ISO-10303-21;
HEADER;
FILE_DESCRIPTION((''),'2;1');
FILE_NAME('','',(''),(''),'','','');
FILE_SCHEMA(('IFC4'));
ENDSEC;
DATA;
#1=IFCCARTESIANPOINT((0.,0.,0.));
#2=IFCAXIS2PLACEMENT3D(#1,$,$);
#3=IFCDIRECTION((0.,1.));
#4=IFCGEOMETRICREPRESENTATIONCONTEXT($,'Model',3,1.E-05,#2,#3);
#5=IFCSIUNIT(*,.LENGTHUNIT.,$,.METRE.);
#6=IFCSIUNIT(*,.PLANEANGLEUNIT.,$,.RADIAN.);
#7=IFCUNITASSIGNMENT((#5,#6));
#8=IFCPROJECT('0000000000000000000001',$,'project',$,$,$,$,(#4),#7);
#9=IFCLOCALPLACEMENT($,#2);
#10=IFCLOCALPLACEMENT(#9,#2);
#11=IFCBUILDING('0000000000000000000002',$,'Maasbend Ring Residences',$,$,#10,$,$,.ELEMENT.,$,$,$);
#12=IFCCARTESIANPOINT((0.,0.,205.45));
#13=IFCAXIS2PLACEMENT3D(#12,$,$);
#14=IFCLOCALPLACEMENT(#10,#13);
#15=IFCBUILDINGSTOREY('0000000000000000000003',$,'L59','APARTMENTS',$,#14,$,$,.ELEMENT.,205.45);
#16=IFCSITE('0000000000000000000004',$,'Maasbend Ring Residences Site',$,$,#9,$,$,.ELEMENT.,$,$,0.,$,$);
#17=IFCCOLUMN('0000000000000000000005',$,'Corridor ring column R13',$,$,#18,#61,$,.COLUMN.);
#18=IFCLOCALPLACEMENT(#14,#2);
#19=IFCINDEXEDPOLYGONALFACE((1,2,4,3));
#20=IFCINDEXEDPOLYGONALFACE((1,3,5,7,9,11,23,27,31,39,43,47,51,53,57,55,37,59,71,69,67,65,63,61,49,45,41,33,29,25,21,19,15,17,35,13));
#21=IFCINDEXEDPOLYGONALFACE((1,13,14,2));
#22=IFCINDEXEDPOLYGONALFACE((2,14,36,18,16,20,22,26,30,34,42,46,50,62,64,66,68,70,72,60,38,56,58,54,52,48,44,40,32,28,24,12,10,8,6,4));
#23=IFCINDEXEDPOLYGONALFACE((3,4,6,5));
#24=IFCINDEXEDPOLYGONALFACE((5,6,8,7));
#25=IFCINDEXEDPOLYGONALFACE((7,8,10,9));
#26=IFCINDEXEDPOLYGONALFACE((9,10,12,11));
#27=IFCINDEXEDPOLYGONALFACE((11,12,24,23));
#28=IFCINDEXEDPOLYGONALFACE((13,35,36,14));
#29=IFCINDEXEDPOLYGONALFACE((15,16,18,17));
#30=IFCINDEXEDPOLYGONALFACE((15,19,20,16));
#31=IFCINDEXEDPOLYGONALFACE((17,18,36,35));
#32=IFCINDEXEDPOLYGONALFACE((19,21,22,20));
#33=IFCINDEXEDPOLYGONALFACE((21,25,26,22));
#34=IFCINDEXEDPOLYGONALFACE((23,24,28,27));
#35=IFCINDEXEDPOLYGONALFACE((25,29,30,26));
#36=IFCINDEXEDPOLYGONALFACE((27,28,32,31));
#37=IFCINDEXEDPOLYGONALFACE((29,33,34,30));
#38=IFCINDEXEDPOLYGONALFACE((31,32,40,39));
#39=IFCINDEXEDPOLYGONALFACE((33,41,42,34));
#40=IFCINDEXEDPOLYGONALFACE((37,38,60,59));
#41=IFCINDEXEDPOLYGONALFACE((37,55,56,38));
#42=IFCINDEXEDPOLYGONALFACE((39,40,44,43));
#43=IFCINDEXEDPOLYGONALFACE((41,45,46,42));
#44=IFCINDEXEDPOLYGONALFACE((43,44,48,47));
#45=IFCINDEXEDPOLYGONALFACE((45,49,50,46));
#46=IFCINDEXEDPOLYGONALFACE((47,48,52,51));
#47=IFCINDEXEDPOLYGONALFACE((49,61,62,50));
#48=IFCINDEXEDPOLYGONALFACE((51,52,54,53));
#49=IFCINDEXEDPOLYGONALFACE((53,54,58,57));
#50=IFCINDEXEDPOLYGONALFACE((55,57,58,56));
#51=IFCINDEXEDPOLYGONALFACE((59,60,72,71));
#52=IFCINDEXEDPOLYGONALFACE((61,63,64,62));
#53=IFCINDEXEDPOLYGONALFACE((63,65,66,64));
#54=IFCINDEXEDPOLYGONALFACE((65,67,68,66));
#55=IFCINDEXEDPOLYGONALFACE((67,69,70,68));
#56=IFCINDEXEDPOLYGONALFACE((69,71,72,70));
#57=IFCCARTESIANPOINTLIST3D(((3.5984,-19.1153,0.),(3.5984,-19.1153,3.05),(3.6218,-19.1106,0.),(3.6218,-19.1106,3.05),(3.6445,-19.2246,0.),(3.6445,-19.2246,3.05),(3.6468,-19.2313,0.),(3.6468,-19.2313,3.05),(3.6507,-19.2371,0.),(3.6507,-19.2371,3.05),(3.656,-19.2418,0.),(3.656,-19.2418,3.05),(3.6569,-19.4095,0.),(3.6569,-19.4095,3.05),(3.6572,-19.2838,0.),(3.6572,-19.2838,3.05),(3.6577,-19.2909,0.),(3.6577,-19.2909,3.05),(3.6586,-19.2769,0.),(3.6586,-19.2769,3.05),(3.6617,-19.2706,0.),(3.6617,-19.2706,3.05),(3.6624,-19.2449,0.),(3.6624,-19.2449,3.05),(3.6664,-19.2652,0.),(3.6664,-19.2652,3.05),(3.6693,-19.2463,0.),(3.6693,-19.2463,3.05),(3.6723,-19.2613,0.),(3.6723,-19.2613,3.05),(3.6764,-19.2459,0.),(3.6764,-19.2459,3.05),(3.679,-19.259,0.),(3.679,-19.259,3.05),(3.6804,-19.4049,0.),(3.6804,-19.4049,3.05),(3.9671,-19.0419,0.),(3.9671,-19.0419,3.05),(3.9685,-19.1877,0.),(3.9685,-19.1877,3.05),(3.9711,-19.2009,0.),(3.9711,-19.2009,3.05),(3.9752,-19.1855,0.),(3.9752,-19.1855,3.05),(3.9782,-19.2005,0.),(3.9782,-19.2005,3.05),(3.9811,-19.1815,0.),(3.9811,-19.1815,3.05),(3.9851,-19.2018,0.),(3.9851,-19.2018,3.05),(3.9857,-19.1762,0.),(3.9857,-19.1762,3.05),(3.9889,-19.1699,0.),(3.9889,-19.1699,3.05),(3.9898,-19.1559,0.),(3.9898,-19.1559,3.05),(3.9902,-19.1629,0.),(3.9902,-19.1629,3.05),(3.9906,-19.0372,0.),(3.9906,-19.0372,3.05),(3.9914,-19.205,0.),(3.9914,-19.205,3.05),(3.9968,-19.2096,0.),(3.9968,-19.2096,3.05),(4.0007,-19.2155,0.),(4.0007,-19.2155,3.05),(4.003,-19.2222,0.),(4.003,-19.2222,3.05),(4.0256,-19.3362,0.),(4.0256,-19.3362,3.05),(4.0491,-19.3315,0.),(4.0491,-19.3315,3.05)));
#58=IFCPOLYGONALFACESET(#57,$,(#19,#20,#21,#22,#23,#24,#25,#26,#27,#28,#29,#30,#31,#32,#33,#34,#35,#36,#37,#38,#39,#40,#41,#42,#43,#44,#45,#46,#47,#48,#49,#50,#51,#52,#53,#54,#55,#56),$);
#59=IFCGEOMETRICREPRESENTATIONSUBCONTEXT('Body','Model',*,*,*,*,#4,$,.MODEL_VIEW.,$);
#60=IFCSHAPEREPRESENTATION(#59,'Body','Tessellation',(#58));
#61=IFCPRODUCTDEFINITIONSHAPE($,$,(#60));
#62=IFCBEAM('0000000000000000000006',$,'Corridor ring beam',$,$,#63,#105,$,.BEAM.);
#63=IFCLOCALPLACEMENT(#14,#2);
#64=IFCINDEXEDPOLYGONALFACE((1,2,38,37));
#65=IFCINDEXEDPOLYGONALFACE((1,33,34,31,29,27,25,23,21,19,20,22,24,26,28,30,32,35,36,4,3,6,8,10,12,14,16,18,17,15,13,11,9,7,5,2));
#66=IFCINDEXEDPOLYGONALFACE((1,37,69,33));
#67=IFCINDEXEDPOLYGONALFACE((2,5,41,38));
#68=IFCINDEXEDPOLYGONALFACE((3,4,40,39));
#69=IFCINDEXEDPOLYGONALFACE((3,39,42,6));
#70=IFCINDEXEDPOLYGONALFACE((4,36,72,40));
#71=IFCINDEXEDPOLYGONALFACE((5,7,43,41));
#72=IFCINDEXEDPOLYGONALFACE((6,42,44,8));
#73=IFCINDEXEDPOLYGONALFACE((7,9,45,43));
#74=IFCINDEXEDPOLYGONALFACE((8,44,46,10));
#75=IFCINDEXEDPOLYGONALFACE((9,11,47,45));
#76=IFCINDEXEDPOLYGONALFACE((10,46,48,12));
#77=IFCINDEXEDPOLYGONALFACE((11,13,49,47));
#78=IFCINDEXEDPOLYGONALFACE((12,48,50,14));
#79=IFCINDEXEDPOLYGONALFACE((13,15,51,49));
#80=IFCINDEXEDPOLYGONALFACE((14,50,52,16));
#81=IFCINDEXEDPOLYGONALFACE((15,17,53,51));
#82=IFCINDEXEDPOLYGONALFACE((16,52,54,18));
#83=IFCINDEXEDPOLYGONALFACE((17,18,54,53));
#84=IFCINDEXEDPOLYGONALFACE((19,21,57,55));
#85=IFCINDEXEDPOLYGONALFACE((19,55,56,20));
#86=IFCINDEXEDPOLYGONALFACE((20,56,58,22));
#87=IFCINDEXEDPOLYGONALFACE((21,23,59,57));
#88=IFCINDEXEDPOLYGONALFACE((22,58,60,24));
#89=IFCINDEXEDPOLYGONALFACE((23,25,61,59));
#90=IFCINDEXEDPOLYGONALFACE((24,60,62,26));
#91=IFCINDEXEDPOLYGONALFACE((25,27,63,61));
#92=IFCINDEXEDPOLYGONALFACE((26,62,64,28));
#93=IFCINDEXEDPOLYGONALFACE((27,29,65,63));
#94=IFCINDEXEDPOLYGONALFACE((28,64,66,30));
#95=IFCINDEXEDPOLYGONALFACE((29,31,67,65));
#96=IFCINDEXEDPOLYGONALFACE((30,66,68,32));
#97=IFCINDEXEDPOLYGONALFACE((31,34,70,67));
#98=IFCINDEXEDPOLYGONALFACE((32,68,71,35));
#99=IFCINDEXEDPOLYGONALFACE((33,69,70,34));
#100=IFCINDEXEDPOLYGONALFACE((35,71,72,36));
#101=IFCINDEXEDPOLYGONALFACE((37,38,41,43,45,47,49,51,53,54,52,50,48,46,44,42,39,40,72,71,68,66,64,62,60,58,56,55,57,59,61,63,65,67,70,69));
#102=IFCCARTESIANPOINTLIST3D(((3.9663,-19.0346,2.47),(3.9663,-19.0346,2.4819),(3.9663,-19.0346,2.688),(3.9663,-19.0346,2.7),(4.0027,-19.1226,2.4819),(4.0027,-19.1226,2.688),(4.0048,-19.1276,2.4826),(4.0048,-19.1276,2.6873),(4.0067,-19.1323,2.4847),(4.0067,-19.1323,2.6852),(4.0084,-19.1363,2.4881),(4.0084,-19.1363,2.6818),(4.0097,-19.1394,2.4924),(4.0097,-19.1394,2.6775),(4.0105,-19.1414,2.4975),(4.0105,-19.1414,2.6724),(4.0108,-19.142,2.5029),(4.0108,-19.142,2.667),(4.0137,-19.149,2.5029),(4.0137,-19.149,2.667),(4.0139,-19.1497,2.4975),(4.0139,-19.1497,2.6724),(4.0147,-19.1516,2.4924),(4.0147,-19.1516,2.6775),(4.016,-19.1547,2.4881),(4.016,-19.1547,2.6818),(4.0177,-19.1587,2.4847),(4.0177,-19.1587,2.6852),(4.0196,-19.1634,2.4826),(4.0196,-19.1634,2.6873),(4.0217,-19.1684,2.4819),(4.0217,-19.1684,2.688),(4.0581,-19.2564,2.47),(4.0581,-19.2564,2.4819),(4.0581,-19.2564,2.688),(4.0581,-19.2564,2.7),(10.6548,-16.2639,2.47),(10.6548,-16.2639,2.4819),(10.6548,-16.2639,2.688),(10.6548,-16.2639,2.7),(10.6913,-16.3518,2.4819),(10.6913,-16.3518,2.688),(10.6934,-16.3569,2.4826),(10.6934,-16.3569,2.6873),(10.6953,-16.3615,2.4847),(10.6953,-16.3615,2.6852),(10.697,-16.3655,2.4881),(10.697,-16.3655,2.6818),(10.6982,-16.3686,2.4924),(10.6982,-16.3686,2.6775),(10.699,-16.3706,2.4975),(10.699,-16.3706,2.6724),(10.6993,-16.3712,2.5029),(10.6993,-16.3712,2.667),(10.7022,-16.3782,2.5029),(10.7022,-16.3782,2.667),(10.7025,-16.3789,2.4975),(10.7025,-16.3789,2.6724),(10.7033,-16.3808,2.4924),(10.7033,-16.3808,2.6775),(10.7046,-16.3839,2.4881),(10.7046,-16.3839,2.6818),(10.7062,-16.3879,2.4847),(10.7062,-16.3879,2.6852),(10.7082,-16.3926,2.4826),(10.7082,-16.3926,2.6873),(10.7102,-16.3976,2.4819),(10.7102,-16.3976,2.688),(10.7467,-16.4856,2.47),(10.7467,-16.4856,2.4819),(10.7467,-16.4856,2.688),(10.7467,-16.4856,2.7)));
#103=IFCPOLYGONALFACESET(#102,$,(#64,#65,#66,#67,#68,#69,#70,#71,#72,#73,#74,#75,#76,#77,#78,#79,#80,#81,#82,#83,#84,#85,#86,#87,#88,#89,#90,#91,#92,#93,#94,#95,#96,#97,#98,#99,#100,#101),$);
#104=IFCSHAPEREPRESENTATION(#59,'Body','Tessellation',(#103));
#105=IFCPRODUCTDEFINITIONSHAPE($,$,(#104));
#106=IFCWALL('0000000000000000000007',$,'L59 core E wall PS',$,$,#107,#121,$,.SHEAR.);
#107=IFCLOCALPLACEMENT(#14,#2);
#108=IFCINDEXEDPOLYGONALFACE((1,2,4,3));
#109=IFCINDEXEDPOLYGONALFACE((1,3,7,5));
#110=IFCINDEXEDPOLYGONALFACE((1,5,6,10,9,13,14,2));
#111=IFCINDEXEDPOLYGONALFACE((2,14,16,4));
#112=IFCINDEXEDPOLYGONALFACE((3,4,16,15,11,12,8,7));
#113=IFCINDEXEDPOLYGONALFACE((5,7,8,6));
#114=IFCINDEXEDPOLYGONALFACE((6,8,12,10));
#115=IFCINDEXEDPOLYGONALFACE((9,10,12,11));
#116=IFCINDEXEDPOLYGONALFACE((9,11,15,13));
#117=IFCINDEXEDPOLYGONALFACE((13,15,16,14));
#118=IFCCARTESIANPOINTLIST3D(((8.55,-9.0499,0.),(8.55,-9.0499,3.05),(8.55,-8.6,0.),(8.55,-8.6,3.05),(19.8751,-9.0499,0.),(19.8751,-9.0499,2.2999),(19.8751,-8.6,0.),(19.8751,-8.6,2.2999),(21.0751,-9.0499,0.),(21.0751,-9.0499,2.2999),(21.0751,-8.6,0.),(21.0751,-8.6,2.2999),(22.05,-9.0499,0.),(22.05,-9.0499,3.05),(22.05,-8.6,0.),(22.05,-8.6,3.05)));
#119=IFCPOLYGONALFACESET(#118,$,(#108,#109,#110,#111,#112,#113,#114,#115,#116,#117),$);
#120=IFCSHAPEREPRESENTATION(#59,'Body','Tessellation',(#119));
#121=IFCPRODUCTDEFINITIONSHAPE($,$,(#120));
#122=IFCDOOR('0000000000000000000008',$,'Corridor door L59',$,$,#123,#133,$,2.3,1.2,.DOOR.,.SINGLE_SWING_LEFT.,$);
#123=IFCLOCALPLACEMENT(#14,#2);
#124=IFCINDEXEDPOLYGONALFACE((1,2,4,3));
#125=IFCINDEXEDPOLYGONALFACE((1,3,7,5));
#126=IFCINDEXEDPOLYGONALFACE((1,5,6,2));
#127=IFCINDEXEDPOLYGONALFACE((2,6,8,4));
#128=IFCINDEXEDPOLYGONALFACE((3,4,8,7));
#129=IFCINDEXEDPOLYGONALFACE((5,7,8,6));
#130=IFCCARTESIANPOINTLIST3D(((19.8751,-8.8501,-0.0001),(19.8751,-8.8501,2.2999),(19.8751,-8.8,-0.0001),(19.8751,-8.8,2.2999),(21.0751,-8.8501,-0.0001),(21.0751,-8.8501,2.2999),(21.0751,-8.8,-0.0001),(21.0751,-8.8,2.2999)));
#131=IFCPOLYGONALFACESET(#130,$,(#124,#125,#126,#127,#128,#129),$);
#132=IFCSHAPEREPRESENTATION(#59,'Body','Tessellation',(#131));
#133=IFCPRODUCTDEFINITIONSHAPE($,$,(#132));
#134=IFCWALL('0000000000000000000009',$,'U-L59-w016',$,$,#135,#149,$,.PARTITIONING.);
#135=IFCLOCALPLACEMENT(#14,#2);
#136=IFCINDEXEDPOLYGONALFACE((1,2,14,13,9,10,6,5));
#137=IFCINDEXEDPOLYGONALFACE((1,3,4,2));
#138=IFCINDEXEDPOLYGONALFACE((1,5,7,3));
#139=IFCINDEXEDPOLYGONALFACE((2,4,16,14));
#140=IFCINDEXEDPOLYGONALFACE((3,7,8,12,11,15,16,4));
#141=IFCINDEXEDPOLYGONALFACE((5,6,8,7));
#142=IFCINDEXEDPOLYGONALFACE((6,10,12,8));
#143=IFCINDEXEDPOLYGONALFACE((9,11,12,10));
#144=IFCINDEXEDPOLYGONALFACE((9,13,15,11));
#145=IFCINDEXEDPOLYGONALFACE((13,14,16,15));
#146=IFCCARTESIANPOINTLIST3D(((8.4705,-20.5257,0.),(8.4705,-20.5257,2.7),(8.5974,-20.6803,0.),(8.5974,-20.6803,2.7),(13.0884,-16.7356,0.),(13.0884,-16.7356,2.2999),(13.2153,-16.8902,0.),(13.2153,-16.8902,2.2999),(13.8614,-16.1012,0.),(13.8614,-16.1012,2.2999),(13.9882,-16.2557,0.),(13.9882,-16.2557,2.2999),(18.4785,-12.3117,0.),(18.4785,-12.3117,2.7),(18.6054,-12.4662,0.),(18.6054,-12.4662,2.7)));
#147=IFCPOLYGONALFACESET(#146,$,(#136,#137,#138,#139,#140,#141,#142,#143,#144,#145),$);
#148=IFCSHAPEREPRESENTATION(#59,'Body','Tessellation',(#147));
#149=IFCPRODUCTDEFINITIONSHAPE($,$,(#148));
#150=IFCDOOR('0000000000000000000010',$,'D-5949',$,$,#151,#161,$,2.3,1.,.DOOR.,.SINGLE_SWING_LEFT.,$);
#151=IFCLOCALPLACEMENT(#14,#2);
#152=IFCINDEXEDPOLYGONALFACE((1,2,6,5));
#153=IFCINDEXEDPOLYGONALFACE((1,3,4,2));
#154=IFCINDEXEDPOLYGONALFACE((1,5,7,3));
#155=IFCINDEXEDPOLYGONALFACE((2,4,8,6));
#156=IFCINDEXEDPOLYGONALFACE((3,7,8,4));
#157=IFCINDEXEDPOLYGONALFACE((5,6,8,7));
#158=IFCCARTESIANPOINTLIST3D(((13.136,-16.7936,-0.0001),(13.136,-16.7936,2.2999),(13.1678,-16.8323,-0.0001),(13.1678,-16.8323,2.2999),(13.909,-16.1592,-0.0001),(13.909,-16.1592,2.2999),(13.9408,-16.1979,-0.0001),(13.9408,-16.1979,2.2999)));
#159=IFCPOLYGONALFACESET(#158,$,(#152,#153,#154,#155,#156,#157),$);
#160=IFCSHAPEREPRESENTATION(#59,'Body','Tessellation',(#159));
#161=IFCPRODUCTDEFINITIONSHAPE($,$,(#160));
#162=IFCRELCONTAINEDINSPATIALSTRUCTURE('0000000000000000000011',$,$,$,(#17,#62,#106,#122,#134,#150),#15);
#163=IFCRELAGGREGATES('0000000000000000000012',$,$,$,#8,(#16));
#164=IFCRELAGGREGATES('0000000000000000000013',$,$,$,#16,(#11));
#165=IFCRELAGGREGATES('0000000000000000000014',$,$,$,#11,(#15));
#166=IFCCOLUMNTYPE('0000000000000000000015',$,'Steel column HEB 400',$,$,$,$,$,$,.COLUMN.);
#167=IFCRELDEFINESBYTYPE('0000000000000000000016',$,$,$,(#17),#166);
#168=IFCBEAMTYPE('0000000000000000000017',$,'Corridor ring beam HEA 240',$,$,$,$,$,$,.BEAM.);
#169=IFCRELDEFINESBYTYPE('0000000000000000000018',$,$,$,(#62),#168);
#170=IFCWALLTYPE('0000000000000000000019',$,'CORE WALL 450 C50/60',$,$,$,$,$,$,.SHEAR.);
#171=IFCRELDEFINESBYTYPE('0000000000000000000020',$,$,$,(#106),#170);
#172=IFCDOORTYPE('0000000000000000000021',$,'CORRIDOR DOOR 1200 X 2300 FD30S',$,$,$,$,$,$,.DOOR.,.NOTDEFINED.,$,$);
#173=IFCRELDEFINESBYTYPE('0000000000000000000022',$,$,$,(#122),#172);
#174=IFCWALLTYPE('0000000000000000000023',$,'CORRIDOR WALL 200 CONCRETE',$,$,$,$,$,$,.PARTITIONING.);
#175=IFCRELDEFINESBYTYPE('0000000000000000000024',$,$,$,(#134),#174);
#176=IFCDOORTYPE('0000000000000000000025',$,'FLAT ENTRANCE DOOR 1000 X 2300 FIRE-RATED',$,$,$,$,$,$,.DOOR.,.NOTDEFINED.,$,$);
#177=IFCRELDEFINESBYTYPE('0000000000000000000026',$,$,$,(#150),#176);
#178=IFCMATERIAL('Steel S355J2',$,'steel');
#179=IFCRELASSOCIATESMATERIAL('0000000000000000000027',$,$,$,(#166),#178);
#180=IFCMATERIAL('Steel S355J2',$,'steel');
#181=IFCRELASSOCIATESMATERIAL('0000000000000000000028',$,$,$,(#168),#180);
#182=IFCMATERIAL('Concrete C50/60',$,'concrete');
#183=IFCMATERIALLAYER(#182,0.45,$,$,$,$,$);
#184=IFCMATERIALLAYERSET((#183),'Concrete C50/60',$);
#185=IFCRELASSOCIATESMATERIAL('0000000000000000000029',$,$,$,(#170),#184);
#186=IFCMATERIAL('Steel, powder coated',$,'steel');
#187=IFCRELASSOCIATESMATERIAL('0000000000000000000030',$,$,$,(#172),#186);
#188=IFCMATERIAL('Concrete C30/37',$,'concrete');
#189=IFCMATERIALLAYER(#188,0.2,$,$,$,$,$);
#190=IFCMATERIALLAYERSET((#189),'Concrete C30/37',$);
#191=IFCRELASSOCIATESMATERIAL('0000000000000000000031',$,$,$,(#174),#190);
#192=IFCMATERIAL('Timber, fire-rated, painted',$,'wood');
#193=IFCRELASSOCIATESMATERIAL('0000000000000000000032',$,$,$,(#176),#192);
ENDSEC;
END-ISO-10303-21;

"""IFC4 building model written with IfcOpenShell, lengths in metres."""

from ifc_helpers import new_model, si_unit, direction, frame, frame_2d, origin, origin_2d, place, context, subcontext, project, spatial, rectangle, i_section, extrude, material, layer, layer_set, material_profile, profile_set, type_object, element, fill, save


model = new_model("IFC4")

# Units and contexts
model_context = context("Model", 3, precision=1e-05, world=origin(), true_north=direction((0.0, 1.0)))
body_context = subcontext(model_context, "Body", "Model", "MODEL_VIEW")
ifc_project = project(units=[si_unit("LENGTHUNIT", "METRE"), si_unit("PLANEANGLEUNIT", "RADIAN")], contexts=[model_context])

# Site, building, storey
site_placement = place(None, origin())
site = spatial("IfcSite", under=ifc_project, at=site_placement, Name="Maasbend Ring Residences Site", CompositionType="ELEMENT", RefElevation=0.0)
building_placement = place(site_placement, origin())
building = spatial("IfcBuilding", under=site, at=building_placement, Name="Maasbend Ring Residences", CompositionType="ELEMENT")
storey_placement = place(building_placement, frame((0.0, 0.0, 205.45)))
storey = spatial("IfcBuildingStorey", under=building, at=storey_placement, Name="L59", Description="APARTMENTS", CompositionType="ELEMENT", Elevation=205.45)

# Column
ifc_material_1 = material(Name="Steel S355J2", Category="steel")
ifc_material_profile_1 = material_profile(ifc_material_1, i_section(OverallWidth=0.3, OverallDepth=0.3999, WebThickness=0.0134, FlangeThickness=0.0239, FilletRadius=0.0271, at=origin_2d()), Name="HEB 400")
ifc_profile_set_1 = profile_set([ifc_material_profile_1], Name="Steel S355J2")
column_type = type_object("IfcColumnType", Name="Steel column HEB 400", PredefinedType="COLUMN", material=ifc_profile_set_1)
column_placement = place(storey_placement, frame((3.8237, -19.2234, 0.0), z_axis=(0.0, 0.0, 1.0), x_axis=(0.19509, -0.980785, 0.0)))
element("IfcColumn", 1, at=column_placement, inside=storey, type_object=column_type, Name="Corridor ring column R13", PredefinedType="COLUMN", context=body_context, shape_type="SweptSolid", body=[
    extrude(i_section(OverallWidth=0.3, OverallDepth=0.3999, WebThickness=0.0134, FlangeThickness=0.0239, FilletRadius=0.0271, at=origin_2d()), origin(), (0.0, 0.0, 1.0), 3.05),
])

# Beam
ifc_material_2 = material(Name="Steel S355J2", Category="steel")
ifc_material_profile_2 = material_profile(ifc_material_2, i_section(OverallWidth=0.24, OverallDepth=0.23, WebThickness=0.0076, FlangeThickness=0.012, FilletRadius=0.021, at=origin_2d()), Name="HEA 240")
ifc_profile_set_2 = profile_set([ifc_material_profile_2], Name="Steel S355J2")
beam_type = type_object("IfcBeamType", Name="Corridor ring beam HEA 240", PredefinedType="BEAM", material=ifc_profile_set_2)
beam_placement = place(storey_placement, frame((4.0122, -19.1455, 2.585), z_axis=(0.923865, 0.382718, 0.0), x_axis=(-0.382718, 0.923865, 0.0)))
element("IfcBeam", 2, at=beam_placement, inside=storey, type_object=beam_type, Name="Corridor ring beam", PredefinedType="BEAM", context=body_context, shape_type="SweptSolid", body=[
    extrude(i_section(OverallWidth=0.24, OverallDepth=0.23, WebThickness=0.0076, FlangeThickness=0.012, FilletRadius=0.021, at=origin_2d()), origin(), (0.0, 0.0, 1.0), 7.2397),
])

# Walls, openings, doors
ifc_material_3 = material(Name="Concrete C50/60", Category="concrete")
ifc_layer_1 = layer(ifc_material_3, 0.45)
ifc_layer_set_1 = layer_set([ifc_layer_1], Name="Concrete C50/60")
wall_type_1 = type_object("IfcWallType", Name="CORE WALL 450 C50/60", PredefinedType="SHEAR", material=ifc_layer_set_1)
wall_1_placement = place(storey_placement, frame((8.55, -8.825, 0.0), z_axis=(0.0, 0.0, 1.0), x_axis=(1.0, 0.0, 0.0)))
wall_1 = element("IfcWall", 3, at=wall_1_placement, inside=storey, type_object=wall_type_1, Name="L59 core E wall PS", PredefinedType="SHEAR", context=body_context, shape_type="SweptSolid", body=[
    extrude(rectangle(XDim=13.5, YDim=0.45, at=frame_2d((6.75, 0.0))), origin(), (0.0, 0.0, 1.0), 3.05),
])
opening_1_placement = place(wall_1_placement, frame((11.325, 0.0, 0.0)))
opening_1 = element("IfcOpeningElement", 4, at=opening_1_placement, cuts=wall_1, PredefinedType="OPENING", context=body_context, shape_type="SweptSolid", body=[
    extrude(rectangle(XDim=1.2, YDim=2.3, at=frame_2d((0.6001, 1.1499))), frame((0.0, 0.2349, 0.0), z_axis=(0.0, -1.0, 0.0), x_axis=(1.0, 0.0, 0.0)), (0.0, 0.0, 1.0), 0.47),
])
ifc_material_4 = material(Name="Steel, powder coated", Category="steel")
door_type_1 = type_object("IfcDoorType", Name="CORRIDOR DOOR 1200 X 2300 FD30S", OperationType="NOTDEFINED", PredefinedType="DOOR", material=ifc_material_4)
door_1_placement = place(opening_1_placement, origin())
door_1 = element("IfcDoor", 5, at=door_1_placement, inside=storey, type_object=door_type_1, Name="Corridor door L59", OperationType="SINGLE_SWING_LEFT", OverallHeight=2.3, OverallWidth=1.2, PredefinedType="DOOR", context=body_context, shape_type="SweptSolid", body=[
    extrude(rectangle(XDim=1.2, YDim=2.3, at=frame_2d((0.6001, 1.1499))), frame((0.0, 0.0249, 0.0), z_axis=(0.0, -1.0, 0.0), x_axis=(1.0, 0.0, 0.0)), (0.0, 0.0, 1.0), 0.05),
])
fill(opening_1, door_1)
ifc_material_5 = material(Name="Concrete C30/37", Category="concrete")
ifc_layer_2 = layer(ifc_material_5, 0.2)
ifc_layer_set_2 = layer_set([ifc_layer_2], Name="Concrete C30/37")
wall_type_2 = type_object("IfcWallType", Name="CORRIDOR WALL 200 CONCRETE", PredefinedType="PARTITIONING", material=ifc_layer_set_2)
wall_2_placement = place(storey_placement, frame((8.5339, -20.603, 0.0), z_axis=(0.0, 0.0, 1.0), x_axis=(0.772984, 0.634426, 0.0)))
wall_2 = element("IfcWall", 6, at=wall_2_placement, inside=storey, type_object=wall_type_2, Name="U-L59-w016", PredefinedType="PARTITIONING", context=body_context, shape_type="SweptSolid", body=[
    extrude(rectangle(XDim=12.9473, YDim=0.2, at=frame_2d((6.4736, 0.0))), origin(), (0.0, 0.0, 1.0), 2.7),
])
opening_2_placement = place(wall_2_placement, frame((5.9741, 0.0, 0.0)))
opening_2 = element("IfcOpeningElement", 7, at=opening_2_placement, cuts=wall_2, PredefinedType="OPENING", context=body_context, shape_type="SweptSolid", body=[
    extrude(rectangle(XDim=1.0, YDim=2.3, at=frame_2d((0.5, 1.1499))), frame((0.0, 0.1099, 0.0), z_axis=(0.0, -1.0, 0.0), x_axis=(1.0, 0.0, 0.0)), (0.0, 0.0, 1.0), 0.22),
])
ifc_material_6 = material(Name="Timber, fire-rated, painted", Category="wood")
door_type_2 = type_object("IfcDoorType", Name="FLAT ENTRANCE DOOR 1000 X 2300 FIRE-RATED", OperationType="NOTDEFINED", PredefinedType="DOOR", material=ifc_material_6)
door_2_placement = place(opening_2_placement, origin())
door_2 = element("IfcDoor", 8, at=door_2_placement, inside=storey, type_object=door_type_2, Name="D-5949", OperationType="SINGLE_SWING_LEFT", OverallHeight=2.3, OverallWidth=1.0, PredefinedType="DOOR", context=body_context, shape_type="SweptSolid", body=[
    extrude(rectangle(XDim=1.0, YDim=2.3, at=frame_2d((0.5, 1.1499))), frame((0.0, 0.0249, 0.0), z_axis=(0.0, -1.0, 0.0), x_axis=(1.0, 0.0, 0.0)), (0.0, 0.0, 1.0), 0.05),
])
fill(opening_2, door_2)

save(model, "model.ifc")
